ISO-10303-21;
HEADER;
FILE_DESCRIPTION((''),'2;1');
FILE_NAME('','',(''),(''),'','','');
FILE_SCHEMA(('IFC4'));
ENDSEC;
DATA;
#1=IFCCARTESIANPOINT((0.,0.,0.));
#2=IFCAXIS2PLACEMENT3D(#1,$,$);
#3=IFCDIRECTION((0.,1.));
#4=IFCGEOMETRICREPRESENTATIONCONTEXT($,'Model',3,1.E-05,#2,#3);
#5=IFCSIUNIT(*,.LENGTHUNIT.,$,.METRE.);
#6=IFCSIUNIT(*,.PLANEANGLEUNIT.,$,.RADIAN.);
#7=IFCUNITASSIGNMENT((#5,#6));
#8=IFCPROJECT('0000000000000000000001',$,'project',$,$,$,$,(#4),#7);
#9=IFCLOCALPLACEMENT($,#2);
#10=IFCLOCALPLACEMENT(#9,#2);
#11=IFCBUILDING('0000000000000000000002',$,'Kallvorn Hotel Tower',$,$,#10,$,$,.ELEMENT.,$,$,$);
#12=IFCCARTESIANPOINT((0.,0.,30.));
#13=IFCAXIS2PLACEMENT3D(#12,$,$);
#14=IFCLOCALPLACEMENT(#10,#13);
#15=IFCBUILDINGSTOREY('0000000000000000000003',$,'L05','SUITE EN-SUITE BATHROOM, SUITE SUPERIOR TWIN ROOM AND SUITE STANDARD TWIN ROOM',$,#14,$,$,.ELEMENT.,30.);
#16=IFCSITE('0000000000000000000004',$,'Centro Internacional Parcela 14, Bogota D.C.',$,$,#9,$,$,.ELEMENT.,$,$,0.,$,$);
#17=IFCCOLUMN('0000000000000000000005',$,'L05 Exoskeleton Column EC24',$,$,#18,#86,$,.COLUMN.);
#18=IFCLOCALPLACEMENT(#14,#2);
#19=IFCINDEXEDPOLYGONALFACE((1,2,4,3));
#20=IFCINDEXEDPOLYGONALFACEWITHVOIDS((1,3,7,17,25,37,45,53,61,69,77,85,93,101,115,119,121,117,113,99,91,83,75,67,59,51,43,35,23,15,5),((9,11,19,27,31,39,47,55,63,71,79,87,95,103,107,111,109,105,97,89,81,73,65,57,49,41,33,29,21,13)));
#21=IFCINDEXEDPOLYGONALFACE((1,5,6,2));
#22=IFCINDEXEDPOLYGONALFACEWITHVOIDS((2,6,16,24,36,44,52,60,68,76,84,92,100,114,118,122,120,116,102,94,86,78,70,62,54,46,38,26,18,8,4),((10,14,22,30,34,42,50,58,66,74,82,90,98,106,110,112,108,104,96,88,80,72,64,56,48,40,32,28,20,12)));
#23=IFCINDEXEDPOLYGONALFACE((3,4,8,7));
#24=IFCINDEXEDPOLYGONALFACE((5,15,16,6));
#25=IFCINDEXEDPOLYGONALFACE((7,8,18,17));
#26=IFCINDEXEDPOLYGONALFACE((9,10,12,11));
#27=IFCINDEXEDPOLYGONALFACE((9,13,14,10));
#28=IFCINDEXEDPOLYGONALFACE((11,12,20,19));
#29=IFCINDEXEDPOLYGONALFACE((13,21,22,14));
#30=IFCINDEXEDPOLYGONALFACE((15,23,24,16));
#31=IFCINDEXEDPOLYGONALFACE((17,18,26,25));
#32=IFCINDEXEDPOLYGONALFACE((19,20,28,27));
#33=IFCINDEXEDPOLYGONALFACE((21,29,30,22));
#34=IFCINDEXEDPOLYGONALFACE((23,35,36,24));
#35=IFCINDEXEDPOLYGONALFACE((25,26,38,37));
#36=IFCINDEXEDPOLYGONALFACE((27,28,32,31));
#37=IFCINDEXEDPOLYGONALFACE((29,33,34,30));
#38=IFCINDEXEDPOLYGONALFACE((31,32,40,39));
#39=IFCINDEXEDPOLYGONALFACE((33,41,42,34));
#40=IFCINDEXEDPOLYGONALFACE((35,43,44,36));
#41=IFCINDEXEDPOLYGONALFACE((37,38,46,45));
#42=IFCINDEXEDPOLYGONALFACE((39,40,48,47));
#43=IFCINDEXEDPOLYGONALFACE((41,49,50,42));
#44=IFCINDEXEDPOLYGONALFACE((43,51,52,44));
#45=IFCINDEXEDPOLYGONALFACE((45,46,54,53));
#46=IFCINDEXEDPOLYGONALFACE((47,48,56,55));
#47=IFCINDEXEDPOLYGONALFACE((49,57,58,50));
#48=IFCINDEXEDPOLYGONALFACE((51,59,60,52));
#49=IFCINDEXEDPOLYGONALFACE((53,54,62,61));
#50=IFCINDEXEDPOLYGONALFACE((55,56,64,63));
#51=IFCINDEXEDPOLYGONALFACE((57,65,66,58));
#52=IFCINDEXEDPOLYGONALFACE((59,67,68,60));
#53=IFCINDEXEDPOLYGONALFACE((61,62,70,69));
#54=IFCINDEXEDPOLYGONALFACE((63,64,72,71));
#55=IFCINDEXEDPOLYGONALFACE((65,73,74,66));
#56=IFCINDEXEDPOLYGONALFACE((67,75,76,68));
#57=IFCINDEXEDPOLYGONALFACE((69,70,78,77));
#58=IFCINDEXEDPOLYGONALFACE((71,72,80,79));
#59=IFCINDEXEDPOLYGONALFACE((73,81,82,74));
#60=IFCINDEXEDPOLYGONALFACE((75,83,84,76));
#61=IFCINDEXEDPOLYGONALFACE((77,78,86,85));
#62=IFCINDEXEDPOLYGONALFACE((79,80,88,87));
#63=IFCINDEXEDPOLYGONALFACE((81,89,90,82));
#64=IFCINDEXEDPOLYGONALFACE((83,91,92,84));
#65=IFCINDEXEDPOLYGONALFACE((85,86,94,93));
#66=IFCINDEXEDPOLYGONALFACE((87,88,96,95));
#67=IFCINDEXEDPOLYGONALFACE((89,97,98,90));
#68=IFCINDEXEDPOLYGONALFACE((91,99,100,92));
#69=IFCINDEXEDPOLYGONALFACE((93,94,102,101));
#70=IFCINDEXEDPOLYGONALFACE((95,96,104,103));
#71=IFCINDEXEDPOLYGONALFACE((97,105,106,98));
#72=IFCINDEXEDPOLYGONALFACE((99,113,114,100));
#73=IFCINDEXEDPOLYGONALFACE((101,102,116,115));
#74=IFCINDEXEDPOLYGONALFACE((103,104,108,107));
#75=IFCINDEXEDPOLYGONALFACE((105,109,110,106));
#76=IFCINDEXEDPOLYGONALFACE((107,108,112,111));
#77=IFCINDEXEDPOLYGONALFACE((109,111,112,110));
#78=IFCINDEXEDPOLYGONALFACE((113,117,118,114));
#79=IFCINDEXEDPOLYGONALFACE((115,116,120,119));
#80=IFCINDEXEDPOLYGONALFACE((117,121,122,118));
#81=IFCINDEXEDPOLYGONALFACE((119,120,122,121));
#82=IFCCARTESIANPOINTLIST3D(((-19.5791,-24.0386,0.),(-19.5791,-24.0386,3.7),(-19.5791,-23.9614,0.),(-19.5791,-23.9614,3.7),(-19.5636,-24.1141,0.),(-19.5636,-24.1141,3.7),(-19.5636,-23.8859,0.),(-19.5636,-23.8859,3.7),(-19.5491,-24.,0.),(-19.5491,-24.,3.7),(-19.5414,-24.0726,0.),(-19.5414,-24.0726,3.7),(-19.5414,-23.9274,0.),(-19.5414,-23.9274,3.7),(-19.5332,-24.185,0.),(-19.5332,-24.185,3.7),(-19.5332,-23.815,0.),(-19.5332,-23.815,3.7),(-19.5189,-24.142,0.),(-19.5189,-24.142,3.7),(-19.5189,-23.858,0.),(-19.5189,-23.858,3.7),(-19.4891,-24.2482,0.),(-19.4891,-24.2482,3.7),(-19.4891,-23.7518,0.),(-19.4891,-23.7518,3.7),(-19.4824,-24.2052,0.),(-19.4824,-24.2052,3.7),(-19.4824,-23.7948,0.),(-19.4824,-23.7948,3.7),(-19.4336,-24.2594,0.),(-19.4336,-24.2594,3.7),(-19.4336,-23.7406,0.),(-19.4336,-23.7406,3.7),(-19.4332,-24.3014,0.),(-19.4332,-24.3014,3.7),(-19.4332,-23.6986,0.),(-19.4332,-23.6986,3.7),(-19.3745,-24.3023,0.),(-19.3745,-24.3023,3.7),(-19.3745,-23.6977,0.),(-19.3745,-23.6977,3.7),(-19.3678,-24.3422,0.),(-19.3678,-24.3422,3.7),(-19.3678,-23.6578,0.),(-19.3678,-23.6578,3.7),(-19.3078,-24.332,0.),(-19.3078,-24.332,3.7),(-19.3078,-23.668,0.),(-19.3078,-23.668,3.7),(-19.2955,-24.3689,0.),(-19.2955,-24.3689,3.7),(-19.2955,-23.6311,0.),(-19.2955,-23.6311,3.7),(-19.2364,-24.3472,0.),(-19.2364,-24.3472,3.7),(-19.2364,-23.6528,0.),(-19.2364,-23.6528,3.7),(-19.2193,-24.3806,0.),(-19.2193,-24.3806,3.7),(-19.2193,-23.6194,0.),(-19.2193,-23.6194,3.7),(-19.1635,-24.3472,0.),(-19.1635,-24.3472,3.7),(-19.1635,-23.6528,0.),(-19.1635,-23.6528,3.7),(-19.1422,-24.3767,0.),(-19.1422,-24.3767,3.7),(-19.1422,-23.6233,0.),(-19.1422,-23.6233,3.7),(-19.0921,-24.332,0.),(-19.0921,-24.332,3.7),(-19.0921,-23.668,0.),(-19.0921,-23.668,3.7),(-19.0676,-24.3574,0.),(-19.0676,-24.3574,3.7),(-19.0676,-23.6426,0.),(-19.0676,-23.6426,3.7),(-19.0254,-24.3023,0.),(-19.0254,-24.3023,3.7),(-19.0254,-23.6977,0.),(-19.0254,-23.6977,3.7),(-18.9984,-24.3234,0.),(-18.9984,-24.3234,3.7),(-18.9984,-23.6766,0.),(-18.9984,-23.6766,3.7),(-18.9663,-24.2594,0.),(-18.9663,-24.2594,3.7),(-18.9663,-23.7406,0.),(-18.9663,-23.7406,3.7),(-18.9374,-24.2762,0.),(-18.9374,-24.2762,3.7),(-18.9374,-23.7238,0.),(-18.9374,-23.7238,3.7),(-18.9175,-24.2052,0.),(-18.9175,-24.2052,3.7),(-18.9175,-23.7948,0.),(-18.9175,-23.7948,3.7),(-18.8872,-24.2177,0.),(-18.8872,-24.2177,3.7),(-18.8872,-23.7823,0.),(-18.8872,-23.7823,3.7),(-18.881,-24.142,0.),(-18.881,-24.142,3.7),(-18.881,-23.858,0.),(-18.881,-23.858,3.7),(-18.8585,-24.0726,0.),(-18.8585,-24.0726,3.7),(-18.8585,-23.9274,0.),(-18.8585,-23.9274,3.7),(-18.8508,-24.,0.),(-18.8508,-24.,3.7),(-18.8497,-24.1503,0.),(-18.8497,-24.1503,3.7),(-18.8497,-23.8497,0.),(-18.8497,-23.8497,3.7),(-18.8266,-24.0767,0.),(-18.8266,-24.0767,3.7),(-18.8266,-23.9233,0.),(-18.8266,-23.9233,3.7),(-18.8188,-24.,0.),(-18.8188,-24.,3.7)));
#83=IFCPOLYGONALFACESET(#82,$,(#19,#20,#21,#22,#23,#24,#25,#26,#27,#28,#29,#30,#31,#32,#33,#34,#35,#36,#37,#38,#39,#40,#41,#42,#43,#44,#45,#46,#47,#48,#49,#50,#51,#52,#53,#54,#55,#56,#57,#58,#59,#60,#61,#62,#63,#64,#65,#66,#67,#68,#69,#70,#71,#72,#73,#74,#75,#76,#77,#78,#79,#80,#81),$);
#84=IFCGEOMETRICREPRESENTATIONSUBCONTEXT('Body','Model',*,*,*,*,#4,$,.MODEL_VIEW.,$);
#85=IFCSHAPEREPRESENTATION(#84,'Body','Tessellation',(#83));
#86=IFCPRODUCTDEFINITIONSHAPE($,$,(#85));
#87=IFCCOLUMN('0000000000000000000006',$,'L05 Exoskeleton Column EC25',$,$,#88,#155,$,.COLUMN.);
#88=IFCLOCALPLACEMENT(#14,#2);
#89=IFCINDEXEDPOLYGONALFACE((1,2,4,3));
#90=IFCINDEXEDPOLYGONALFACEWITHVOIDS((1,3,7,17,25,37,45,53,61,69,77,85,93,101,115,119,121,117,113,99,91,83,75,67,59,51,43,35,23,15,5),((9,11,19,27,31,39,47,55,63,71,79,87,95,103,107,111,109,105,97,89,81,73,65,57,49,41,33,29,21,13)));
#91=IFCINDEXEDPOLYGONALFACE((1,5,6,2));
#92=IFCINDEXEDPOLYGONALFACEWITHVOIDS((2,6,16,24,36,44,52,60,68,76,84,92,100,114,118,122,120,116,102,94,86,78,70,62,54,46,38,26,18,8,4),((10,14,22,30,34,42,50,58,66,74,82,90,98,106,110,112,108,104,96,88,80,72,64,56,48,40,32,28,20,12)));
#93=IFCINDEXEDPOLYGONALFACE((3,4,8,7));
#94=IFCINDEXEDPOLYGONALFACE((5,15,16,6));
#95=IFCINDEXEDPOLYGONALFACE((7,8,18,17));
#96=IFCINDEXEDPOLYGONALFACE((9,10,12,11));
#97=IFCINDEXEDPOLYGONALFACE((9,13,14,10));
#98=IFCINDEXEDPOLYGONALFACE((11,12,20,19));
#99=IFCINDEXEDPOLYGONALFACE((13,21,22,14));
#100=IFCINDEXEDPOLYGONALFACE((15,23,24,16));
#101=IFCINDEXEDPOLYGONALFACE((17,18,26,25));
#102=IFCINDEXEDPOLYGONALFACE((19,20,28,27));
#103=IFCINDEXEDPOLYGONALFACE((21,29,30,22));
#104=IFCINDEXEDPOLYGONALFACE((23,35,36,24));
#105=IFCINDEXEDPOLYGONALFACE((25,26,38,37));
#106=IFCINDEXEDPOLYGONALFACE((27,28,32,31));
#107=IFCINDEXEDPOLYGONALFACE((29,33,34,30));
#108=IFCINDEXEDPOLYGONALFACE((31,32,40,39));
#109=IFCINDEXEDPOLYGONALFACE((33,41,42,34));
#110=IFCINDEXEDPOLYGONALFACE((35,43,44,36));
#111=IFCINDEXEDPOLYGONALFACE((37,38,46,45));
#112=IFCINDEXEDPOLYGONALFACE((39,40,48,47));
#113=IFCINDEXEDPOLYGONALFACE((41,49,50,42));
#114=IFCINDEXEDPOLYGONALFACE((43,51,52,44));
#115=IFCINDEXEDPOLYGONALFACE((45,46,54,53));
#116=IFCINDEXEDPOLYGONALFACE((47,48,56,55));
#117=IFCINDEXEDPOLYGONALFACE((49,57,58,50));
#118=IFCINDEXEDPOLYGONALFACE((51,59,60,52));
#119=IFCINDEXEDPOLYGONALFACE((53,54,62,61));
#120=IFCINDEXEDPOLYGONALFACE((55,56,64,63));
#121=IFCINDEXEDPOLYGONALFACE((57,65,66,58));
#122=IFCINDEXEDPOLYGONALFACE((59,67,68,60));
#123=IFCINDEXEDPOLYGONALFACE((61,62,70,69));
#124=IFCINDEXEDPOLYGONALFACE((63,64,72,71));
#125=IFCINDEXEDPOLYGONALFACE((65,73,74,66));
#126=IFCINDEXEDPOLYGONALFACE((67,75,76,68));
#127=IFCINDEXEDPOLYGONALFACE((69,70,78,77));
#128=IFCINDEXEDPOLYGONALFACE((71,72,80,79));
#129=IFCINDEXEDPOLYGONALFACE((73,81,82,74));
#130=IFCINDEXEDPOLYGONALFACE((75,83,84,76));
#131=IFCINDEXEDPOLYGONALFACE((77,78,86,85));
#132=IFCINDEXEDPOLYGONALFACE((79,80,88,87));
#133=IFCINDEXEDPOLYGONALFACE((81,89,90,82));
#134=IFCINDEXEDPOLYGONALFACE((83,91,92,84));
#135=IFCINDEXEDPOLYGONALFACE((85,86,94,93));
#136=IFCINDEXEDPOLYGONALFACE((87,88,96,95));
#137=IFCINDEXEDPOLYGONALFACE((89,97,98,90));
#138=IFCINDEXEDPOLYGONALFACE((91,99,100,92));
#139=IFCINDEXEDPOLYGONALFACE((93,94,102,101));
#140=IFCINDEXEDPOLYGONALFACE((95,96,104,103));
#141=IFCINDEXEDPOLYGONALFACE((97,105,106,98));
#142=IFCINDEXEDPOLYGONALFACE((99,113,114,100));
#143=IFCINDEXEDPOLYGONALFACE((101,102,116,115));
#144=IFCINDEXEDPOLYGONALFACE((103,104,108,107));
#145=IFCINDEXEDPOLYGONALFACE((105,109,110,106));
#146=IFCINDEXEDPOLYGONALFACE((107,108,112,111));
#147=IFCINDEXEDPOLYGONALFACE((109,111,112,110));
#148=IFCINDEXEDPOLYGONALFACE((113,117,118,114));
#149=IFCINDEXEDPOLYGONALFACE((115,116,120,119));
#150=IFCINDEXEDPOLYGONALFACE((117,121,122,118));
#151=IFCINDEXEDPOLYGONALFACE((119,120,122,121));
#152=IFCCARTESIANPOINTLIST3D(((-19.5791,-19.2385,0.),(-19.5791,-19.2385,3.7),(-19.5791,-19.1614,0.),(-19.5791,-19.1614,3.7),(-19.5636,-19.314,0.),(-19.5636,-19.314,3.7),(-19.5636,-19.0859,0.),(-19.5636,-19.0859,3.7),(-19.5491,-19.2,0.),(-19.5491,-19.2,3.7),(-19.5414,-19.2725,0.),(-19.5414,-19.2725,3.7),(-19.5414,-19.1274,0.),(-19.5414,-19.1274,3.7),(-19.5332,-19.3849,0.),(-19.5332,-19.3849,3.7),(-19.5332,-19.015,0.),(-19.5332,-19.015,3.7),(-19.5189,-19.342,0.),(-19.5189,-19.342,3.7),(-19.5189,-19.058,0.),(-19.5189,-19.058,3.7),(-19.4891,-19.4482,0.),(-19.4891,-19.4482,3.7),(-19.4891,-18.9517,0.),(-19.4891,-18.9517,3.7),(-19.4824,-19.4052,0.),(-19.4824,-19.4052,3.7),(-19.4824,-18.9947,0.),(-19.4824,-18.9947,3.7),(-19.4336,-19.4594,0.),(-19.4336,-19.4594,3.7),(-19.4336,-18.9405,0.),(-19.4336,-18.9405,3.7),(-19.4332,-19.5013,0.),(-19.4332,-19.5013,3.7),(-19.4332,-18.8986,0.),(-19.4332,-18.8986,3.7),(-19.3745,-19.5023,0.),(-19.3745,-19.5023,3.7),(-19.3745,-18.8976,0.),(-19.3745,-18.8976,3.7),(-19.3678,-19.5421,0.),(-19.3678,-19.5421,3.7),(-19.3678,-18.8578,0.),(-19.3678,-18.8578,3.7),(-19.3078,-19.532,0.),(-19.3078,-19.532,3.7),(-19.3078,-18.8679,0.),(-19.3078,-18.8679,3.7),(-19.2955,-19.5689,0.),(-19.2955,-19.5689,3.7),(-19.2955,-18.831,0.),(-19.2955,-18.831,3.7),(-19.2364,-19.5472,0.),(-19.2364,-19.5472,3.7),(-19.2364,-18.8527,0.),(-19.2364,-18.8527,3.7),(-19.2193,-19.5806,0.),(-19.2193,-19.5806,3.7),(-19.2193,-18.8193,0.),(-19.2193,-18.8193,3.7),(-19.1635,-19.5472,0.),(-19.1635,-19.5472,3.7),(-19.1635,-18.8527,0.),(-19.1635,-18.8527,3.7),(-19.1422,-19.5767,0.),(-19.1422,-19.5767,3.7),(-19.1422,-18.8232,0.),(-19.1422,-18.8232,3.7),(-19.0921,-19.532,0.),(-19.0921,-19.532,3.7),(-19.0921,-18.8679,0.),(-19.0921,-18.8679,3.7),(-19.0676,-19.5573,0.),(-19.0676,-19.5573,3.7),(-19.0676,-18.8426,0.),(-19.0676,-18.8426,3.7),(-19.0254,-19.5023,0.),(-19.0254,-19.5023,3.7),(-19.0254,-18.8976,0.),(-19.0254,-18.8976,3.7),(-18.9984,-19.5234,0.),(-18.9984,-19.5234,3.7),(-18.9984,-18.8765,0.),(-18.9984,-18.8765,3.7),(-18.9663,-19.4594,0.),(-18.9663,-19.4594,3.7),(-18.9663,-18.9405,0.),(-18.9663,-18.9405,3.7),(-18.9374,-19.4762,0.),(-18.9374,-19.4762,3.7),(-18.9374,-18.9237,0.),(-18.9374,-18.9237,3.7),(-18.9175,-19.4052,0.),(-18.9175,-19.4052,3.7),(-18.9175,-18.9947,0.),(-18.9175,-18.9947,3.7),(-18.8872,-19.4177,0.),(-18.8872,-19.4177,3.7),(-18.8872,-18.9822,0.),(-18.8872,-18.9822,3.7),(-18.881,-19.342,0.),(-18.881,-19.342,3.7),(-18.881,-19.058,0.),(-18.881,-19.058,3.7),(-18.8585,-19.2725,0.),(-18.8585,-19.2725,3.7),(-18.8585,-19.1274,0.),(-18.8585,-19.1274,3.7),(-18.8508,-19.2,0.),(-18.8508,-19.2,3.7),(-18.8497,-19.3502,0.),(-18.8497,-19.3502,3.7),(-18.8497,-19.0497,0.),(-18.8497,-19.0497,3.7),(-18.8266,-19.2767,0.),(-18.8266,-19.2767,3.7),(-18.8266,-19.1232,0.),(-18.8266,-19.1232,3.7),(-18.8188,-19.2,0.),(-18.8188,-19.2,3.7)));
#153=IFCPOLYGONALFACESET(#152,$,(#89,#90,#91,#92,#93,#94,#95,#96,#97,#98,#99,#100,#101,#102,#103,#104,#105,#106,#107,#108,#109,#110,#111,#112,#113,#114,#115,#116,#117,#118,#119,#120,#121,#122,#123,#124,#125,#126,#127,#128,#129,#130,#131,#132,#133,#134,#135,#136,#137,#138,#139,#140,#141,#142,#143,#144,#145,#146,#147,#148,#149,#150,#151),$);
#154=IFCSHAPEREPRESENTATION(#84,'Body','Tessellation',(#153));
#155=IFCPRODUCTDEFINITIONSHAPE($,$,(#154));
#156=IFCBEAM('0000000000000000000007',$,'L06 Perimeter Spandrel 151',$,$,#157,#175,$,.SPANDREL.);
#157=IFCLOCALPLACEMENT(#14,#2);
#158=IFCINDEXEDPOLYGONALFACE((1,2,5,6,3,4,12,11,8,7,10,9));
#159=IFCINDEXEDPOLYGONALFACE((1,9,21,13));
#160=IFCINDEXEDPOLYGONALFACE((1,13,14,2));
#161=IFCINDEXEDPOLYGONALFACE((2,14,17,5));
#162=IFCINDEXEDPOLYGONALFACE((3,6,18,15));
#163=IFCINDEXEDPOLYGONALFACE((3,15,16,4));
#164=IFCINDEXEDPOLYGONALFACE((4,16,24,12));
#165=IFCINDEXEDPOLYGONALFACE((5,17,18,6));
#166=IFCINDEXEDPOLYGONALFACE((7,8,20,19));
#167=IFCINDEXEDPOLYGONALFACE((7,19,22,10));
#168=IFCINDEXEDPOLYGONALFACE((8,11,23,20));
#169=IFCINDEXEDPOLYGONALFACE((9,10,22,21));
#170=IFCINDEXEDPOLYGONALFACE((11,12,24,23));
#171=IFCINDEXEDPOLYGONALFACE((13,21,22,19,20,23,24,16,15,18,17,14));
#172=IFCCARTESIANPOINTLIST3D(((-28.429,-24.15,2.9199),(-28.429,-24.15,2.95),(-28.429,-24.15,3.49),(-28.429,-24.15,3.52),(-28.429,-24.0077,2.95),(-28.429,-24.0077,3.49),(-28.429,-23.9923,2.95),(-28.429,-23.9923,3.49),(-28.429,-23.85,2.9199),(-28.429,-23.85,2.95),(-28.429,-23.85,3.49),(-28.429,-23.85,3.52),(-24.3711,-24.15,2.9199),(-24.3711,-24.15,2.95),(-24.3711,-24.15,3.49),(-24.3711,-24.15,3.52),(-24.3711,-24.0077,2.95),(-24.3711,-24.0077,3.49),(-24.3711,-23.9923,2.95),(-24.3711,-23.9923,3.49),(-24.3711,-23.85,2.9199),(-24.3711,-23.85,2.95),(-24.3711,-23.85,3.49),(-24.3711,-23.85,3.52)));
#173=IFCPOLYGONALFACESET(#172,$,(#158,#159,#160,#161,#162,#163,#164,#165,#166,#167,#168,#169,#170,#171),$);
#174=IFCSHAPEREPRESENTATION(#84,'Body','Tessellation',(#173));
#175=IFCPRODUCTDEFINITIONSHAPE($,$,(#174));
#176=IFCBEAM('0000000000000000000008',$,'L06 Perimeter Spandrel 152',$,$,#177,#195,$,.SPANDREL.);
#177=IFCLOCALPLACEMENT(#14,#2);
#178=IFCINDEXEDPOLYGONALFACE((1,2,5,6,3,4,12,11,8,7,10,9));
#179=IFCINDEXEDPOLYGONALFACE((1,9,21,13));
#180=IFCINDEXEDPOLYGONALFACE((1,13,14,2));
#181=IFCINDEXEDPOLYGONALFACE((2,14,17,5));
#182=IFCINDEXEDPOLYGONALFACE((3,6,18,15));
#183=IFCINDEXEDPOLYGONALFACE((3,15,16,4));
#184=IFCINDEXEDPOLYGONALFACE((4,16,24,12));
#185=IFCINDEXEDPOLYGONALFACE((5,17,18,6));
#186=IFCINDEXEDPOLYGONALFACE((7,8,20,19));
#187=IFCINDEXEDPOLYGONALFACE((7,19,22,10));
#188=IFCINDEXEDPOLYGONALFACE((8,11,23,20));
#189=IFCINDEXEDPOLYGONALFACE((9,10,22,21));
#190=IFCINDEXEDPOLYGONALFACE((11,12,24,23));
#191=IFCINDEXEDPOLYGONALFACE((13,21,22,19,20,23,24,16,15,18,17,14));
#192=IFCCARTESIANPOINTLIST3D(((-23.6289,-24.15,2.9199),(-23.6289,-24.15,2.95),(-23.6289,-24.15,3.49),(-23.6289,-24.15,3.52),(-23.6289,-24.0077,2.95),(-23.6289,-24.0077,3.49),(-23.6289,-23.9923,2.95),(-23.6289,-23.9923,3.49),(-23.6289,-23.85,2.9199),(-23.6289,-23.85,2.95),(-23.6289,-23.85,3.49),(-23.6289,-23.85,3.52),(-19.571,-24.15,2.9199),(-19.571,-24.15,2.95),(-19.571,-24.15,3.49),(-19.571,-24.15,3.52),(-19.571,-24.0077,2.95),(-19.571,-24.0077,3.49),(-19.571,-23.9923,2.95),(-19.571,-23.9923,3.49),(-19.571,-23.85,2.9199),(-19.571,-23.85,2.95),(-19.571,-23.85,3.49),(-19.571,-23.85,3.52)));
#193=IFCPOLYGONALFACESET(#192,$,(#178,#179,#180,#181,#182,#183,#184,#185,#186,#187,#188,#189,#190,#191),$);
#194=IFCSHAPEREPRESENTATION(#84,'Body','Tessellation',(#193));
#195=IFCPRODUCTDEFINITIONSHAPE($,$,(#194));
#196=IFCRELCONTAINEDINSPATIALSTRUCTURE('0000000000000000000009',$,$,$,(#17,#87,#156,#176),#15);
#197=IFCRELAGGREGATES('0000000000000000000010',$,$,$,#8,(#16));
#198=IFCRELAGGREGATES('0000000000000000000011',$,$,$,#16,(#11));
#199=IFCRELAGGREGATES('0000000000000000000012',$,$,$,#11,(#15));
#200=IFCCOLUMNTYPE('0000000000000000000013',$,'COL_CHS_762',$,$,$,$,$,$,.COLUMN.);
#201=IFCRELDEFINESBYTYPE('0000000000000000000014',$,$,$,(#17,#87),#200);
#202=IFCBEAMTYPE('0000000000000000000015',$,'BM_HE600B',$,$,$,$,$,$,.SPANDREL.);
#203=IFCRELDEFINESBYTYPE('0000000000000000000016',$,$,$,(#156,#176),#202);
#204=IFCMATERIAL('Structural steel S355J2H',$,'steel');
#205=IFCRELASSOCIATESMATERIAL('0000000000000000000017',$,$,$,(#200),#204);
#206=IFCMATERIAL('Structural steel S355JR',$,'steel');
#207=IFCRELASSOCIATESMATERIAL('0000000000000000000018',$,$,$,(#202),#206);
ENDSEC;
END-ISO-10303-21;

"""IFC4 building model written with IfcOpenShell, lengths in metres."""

from ifc_helpers import new_model, si_unit, direction, frame, origin, origin_2d, place, context, subcontext, project, spatial, hollow_circle, i_section, extrude, material, material_profile, profile_set, type_object, element, save


model = new_model("IFC4")

# Units and contexts
model_context = context("Model", 3, precision=1e-05, world=origin(), true_north=direction((0.0, 1.0)))
body_context = subcontext(model_context, "Body", "Model", "MODEL_VIEW")
ifc_project = project(units=[si_unit("LENGTHUNIT", "METRE"), si_unit("PLANEANGLEUNIT", "RADIAN")], contexts=[model_context])

# Site, building, storey
site_placement = place(None, origin())
site = spatial("IfcSite", under=ifc_project, at=site_placement, Name="Centro Internacional Parcela 14, Bogota D.C.", CompositionType="ELEMENT", RefElevation=0.0)
building_placement = place(site_placement, origin())
building = spatial("IfcBuilding", under=site, at=building_placement, Name="Kallvorn Hotel Tower", CompositionType="ELEMENT")
storey_placement = place(building_placement, frame((0.0, 0.0, 30.0)))
storey = spatial("IfcBuildingStorey", under=building, at=storey_placement, Name="L05", Description="SUITE EN-SUITE BATHROOM, SUITE SUPERIOR TWIN ROOM AND SUITE STANDARD TWIN ROOM", CompositionType="ELEMENT", Elevation=30.0)

# Columns
ifc_material_1 = material(Name="Structural steel S355J2H", Category="steel")
ifc_material_profile_1 = material_profile(ifc_material_1, hollow_circle(Radius=0.3811, WallThickness=0.032, at=origin_2d()), Name="CHS 762x32")
ifc_profile_set_1 = profile_set([ifc_material_profile_1], Name="Structural steel S355J2H")
column_type = type_object("IfcColumnType", Name="COL_CHS_762", PredefinedType="COLUMN", material=ifc_profile_set_1)
for number, where, z_axis, x_axis, name in (
    (1, (-19.2, -24.0, 0.0), (0.0, 0.0, 1.0), (1.0, 0.0, 0.0), "L05 Exoskeleton Column EC24"),
    (2, (-19.2, -19.2, 0.0), (0.0, 0.0, 1.0), (1.0, 0.0, 0.0), "L05 Exoskeleton Column EC25"),
):
    element("IfcColumn", number, at=place(storey_placement, frame(where, z_axis=z_axis, x_axis=x_axis)), inside=storey, type_object=column_type, Name=name, PredefinedType="COLUMN", context=body_context, shape_type="SweptSolid", body=[
        extrude(hollow_circle(Radius=0.3811, WallThickness=0.032, at=origin_2d()), origin(), (0.0, 0.0, 1.0), 3.7),
    ])

# Beams
ifc_material_2 = material(Name="Structural steel S355JR", Category="steel")
ifc_material_profile_2 = material_profile(ifc_material_2, i_section(OverallWidth=0.3, OverallDepth=0.6001, WebThickness=0.0154, FlangeThickness=0.03, at=origin_2d()), Name="HE 600 B")
ifc_profile_set_2 = profile_set([ifc_material_profile_2], Name="Structural steel S355JR")
beam_type_1 = type_object("IfcBeamType", Name="BM_HE600B", PredefinedType="SPANDREL", material=ifc_profile_set_2)
for number, where, z_axis, x_axis, name in (
    (3, (-28.429, -24.0, 3.22), (1.0, 0.0, 0.0), (0.0, 1.0, 0.0), "L06 Perimeter Spandrel 151"),
    (4, (-23.6289, -24.0, 3.22), (1.0, 0.0, 0.0), (0.0, 1.0, 0.0), "L06 Perimeter Spandrel 152"),
):
    element("IfcBeam", number, at=place(storey_placement, frame(where, z_axis=z_axis, x_axis=x_axis)), inside=storey, type_object=beam_type_1, Name=name, PredefinedType="SPANDREL", context=body_context, shape_type="SweptSolid", body=[
        extrude(i_section(OverallWidth=0.3, OverallDepth=0.6001, WebThickness=0.0154, FlangeThickness=0.03, at=origin_2d()), origin(), (0.0, 0.0, 1.0), 4.0579),
    ])

save(model, "model.ifc")
